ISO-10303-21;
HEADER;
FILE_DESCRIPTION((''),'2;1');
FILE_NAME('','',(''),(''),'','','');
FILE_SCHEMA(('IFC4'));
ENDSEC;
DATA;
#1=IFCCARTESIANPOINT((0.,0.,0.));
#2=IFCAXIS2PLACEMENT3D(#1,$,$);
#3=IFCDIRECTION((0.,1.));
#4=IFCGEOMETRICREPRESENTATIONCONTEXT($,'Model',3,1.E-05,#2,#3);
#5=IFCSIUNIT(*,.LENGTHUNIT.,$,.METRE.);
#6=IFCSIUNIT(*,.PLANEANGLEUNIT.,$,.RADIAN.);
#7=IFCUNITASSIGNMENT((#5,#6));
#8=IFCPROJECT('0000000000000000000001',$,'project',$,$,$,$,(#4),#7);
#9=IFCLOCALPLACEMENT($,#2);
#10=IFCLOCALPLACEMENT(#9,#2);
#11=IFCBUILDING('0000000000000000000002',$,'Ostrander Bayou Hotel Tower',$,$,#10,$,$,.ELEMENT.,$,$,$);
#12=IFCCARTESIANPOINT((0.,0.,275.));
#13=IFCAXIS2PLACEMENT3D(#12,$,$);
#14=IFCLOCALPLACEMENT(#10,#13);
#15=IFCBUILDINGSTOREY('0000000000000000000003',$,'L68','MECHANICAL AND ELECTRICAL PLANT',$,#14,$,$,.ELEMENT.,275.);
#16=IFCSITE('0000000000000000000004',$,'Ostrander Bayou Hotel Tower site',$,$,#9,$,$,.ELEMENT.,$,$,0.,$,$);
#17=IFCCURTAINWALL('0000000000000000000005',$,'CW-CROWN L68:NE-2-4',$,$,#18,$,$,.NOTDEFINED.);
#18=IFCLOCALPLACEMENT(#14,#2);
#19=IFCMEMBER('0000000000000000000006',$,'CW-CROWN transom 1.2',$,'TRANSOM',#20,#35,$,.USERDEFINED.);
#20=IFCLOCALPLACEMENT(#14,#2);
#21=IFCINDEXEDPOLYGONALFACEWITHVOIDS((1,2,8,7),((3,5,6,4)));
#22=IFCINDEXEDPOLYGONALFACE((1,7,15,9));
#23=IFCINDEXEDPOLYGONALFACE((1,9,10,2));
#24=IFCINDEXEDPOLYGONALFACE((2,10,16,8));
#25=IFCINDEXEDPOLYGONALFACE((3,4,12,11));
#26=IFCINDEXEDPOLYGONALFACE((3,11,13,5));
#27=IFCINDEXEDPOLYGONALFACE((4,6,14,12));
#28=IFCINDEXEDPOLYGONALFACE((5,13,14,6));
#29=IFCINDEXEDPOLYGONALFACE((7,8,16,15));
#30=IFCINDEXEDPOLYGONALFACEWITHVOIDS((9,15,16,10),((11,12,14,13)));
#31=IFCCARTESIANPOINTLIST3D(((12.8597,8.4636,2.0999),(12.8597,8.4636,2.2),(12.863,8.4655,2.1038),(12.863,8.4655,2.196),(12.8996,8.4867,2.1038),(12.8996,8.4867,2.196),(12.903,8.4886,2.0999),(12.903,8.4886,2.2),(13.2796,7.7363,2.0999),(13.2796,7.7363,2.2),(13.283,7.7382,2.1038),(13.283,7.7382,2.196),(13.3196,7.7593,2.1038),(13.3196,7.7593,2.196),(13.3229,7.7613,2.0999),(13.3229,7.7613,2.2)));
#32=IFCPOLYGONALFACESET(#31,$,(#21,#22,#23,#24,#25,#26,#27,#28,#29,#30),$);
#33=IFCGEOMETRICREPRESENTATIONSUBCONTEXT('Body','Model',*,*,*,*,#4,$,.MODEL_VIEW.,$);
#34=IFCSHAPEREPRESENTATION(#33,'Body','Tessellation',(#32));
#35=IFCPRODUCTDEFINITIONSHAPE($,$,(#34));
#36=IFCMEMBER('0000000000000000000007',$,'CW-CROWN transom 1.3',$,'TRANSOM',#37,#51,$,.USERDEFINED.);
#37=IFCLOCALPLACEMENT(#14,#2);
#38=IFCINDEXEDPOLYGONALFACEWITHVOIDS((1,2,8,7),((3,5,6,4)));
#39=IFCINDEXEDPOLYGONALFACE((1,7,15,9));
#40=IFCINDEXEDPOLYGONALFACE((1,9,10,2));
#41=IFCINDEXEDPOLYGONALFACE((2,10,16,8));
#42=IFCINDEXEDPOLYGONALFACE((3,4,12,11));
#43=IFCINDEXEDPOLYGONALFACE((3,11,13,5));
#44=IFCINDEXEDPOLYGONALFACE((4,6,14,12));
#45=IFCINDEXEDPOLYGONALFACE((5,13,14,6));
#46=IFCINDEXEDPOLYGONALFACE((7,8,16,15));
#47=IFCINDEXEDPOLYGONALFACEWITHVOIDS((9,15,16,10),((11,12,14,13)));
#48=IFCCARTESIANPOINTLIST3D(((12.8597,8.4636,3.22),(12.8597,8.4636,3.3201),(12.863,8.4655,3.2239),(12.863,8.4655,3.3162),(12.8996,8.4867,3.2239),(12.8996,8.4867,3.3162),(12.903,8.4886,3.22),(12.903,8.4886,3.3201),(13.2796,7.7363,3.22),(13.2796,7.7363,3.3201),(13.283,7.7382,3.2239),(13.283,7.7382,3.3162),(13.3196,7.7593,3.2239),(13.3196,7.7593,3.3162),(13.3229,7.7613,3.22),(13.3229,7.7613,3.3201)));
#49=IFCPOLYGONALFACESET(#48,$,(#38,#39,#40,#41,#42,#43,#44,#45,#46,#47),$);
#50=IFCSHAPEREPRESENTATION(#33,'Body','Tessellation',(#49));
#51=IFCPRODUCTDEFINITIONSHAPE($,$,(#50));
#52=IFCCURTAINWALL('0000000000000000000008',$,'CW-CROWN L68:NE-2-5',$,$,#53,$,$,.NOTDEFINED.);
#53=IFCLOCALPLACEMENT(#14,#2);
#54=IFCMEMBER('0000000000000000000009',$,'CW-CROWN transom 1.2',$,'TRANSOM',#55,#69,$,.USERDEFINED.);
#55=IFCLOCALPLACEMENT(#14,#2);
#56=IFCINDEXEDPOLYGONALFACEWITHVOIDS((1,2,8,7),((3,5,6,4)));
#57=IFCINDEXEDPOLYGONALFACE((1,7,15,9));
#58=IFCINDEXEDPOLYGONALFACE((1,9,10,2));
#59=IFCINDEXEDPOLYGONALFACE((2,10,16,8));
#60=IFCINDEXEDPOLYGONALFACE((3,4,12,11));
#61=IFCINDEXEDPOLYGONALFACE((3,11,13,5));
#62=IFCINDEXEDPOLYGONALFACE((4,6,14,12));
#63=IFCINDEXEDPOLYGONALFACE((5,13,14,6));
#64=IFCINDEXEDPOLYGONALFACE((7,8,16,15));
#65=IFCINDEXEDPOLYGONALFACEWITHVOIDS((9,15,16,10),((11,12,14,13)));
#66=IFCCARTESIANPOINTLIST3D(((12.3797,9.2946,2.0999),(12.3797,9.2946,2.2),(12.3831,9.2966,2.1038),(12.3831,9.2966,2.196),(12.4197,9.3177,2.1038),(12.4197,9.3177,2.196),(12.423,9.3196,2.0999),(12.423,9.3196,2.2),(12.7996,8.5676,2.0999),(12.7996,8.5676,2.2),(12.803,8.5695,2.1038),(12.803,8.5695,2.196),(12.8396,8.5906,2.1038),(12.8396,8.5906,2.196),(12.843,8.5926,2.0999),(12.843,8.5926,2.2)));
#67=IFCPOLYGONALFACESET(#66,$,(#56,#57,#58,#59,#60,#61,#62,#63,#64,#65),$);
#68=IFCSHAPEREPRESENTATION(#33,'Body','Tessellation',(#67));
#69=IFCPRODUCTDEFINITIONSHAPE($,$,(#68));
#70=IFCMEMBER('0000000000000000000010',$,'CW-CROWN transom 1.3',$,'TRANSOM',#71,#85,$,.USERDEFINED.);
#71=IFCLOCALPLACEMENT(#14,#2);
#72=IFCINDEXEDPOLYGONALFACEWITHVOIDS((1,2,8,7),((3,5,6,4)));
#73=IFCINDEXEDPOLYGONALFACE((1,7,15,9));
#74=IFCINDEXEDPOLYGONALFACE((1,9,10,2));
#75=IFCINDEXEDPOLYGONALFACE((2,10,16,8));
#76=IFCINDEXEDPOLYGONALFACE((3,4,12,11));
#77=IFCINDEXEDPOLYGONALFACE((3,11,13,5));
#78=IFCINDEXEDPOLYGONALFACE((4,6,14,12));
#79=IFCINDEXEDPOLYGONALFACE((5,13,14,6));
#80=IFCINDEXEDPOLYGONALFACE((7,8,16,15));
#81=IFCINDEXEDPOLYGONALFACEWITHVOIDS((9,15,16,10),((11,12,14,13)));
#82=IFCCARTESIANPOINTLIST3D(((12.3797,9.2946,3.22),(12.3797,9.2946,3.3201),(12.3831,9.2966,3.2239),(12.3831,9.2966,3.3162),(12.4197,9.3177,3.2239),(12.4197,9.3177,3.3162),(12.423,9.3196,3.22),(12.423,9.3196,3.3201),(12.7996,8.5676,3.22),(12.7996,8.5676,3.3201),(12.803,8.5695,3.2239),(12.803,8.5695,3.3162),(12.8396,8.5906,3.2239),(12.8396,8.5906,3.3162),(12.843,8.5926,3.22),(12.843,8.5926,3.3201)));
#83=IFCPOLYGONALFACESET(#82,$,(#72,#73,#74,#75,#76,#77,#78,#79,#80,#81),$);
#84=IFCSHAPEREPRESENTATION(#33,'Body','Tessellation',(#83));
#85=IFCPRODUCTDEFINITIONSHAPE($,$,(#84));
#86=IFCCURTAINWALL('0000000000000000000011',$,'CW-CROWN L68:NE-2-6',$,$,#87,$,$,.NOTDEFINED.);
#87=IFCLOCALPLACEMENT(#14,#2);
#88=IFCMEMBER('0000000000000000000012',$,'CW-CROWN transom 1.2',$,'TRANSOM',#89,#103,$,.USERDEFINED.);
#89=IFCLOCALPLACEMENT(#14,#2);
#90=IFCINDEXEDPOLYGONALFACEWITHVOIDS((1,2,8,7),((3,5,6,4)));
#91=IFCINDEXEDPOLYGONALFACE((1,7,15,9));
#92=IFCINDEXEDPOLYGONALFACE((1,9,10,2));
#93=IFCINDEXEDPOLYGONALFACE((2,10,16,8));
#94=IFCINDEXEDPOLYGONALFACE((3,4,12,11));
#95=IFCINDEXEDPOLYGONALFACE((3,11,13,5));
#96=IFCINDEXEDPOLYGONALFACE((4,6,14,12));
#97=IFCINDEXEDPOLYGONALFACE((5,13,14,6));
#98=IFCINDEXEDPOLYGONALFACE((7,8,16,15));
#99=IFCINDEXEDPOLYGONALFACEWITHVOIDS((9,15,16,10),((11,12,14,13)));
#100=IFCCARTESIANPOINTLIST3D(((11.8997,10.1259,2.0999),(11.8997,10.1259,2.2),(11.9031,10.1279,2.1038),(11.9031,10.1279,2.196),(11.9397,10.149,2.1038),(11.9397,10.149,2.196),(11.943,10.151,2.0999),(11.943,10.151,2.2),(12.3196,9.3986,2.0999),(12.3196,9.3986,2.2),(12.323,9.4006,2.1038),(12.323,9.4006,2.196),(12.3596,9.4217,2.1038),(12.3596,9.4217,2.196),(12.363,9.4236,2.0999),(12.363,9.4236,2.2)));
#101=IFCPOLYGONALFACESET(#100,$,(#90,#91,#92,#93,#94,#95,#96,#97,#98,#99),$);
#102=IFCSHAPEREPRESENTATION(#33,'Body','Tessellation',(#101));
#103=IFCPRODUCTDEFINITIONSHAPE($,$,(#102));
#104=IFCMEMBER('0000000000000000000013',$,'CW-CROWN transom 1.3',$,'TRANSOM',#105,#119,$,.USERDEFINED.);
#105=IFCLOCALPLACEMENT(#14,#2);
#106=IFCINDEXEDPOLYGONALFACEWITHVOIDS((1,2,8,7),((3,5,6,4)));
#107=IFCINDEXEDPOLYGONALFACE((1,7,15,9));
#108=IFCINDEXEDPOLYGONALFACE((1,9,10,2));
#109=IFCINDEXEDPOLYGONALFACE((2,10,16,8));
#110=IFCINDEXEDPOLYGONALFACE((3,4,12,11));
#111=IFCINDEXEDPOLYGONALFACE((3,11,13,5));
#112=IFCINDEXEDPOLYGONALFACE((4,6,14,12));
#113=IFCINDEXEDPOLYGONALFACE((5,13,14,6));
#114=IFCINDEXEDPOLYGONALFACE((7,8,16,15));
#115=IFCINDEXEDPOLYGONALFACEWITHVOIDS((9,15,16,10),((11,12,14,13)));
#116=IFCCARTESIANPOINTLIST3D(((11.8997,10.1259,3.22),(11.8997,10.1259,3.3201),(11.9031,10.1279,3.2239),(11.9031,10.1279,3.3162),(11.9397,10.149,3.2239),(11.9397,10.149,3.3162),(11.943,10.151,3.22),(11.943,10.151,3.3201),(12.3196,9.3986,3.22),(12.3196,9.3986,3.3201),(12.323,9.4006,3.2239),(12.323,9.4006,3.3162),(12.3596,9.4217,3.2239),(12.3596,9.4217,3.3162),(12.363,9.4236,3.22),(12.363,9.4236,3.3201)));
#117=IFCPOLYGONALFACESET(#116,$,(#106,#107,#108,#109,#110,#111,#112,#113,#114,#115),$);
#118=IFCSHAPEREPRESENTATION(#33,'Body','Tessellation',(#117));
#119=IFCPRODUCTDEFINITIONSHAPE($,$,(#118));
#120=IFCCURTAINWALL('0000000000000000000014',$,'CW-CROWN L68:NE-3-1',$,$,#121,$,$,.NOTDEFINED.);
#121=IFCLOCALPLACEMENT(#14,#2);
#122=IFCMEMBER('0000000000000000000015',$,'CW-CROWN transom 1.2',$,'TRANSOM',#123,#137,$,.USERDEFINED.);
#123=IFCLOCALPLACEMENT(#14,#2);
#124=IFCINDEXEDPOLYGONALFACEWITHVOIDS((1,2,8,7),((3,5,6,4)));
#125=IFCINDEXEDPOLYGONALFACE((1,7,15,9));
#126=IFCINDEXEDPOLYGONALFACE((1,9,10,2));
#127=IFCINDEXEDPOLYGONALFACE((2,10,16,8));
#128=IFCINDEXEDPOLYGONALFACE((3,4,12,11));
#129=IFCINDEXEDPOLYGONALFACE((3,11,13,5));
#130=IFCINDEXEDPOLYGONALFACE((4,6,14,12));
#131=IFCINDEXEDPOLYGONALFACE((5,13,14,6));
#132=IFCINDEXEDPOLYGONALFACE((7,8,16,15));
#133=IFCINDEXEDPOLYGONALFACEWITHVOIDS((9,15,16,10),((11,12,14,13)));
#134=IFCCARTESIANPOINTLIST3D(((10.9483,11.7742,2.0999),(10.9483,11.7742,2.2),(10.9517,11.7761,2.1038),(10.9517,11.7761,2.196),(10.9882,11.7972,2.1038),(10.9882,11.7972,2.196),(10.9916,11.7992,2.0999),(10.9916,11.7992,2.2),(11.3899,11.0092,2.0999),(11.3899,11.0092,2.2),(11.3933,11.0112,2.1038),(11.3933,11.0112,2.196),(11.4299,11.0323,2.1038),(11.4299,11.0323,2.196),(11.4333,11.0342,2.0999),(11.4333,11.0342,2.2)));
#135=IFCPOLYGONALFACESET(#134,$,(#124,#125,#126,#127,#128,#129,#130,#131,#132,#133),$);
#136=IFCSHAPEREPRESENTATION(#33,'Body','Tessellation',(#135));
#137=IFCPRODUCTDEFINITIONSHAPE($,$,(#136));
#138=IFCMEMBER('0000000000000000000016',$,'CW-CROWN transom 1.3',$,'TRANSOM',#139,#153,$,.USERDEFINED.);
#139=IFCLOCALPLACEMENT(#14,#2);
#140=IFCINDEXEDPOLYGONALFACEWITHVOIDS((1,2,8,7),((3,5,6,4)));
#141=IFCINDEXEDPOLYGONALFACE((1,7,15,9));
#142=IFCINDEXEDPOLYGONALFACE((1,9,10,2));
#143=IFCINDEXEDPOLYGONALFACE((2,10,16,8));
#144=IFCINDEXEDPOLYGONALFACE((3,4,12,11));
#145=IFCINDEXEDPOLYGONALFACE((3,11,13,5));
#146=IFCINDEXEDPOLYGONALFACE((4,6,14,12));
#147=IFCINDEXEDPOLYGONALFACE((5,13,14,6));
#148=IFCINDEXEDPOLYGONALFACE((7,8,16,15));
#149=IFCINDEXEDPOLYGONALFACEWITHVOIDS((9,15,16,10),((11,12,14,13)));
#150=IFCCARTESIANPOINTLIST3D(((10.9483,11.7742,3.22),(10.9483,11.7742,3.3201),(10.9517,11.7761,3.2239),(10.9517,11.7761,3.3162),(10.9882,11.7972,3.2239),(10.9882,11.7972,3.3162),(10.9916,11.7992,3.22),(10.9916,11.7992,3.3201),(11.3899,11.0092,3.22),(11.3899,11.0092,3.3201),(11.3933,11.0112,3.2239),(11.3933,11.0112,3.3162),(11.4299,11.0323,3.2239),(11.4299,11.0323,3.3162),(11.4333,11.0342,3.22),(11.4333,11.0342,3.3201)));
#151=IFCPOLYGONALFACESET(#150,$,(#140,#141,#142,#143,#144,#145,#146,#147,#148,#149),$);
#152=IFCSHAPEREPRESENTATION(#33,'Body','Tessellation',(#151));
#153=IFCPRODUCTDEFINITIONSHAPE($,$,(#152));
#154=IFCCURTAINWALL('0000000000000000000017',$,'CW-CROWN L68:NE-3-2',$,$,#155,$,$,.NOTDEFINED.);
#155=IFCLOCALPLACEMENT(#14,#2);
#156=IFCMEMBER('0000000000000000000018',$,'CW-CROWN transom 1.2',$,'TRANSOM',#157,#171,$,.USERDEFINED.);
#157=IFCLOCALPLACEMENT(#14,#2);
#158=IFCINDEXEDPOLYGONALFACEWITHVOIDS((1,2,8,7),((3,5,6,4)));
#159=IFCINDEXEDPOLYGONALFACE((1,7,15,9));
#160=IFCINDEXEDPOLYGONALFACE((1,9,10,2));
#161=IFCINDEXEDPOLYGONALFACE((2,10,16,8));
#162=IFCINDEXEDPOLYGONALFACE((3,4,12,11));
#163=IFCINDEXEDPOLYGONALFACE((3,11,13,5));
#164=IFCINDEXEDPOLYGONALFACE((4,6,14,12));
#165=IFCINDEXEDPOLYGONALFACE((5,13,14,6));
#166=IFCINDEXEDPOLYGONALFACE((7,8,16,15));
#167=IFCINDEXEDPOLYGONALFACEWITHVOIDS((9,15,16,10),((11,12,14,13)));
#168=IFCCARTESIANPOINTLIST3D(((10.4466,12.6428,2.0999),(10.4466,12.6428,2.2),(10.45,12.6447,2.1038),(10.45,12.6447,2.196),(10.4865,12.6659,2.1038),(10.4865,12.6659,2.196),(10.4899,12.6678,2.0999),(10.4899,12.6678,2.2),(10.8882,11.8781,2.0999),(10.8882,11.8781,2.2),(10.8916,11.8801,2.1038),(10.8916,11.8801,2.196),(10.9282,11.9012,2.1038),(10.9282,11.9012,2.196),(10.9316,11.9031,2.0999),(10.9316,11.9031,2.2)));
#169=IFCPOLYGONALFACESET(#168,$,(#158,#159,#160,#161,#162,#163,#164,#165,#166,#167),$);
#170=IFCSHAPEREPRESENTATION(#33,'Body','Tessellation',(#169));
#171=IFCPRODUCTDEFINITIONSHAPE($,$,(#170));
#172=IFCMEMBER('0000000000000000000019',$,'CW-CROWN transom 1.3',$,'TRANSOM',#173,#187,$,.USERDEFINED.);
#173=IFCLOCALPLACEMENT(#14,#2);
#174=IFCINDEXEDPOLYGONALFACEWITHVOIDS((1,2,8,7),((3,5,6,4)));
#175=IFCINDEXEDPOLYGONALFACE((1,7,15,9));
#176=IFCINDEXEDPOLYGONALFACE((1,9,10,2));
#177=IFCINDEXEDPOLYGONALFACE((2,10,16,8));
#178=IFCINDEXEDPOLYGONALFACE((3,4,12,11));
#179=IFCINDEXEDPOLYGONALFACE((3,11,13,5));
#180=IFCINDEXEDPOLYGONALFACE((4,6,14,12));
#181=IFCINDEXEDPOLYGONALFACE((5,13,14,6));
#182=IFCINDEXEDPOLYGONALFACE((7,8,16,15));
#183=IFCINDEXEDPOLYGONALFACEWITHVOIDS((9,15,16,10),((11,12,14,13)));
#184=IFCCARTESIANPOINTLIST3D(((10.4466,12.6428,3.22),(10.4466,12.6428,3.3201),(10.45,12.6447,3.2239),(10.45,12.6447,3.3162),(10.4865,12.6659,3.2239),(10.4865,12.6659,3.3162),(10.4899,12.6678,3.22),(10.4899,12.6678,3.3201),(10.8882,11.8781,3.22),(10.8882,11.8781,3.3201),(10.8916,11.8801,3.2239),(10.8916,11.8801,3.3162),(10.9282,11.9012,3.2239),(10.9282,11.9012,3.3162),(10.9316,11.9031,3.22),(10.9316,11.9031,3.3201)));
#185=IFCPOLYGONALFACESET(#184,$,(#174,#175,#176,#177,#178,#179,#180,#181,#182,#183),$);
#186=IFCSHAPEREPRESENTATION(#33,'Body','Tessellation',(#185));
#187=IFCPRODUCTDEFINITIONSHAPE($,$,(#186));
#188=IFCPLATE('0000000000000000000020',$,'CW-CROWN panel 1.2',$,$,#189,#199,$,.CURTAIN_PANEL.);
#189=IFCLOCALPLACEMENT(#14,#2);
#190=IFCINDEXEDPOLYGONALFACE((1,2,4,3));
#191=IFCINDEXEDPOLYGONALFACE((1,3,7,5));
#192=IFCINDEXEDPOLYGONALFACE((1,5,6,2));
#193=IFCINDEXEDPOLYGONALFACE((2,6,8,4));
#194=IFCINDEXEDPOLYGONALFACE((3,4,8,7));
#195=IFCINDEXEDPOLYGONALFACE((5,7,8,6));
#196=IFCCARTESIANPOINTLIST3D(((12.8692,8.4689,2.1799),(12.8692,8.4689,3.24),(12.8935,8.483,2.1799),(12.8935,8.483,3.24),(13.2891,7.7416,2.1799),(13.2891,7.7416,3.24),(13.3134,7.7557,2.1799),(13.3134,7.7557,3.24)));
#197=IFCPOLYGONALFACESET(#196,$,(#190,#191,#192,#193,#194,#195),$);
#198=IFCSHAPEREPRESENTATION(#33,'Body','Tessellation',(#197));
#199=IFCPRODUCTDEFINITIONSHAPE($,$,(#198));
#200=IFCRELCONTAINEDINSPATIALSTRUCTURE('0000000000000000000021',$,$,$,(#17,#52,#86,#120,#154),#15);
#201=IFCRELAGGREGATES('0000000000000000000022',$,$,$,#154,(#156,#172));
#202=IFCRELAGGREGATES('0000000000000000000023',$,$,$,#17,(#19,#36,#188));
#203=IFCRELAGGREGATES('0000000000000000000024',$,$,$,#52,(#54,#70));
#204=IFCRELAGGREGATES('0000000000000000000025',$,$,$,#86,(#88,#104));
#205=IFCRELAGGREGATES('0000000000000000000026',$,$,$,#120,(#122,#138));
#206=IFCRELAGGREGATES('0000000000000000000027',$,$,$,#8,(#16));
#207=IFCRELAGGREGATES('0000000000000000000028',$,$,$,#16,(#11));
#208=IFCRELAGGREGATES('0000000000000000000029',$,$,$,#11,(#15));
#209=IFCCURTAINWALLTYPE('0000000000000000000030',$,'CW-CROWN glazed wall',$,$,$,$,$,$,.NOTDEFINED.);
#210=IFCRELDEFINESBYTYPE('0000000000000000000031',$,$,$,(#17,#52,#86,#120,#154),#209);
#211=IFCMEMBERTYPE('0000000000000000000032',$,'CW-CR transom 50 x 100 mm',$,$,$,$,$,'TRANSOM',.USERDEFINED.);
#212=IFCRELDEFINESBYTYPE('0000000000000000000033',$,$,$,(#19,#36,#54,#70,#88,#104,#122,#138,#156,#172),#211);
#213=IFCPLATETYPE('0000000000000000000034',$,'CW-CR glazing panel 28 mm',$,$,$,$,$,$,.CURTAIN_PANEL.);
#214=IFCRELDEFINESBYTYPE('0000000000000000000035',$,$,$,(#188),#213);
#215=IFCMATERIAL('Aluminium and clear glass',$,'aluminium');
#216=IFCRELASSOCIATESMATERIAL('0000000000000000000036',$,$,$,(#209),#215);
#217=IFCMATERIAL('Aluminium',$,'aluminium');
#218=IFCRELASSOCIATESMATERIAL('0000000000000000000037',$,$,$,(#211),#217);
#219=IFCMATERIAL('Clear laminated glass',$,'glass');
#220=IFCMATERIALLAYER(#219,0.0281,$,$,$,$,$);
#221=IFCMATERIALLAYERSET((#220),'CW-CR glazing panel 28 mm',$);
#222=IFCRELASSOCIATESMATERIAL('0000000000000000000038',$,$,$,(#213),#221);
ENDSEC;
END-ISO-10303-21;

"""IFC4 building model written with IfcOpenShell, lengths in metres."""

from ifc_helpers import new_model, si_unit, direction, frame, origin, origin_2d, place, context, subcontext, project, spatial, rectangle, hollow_rectangle, extrude, material, layer, layer_set, material_profile, profile_set, type_object, element, aggregate, save


model = new_model("IFC4")

# Units and contexts
model_context = context("Model", 3, precision=1e-05, world=origin(), true_north=direction((0.0, 1.0)))
body_context = subcontext(model_context, "Body", "Model", "MODEL_VIEW")
ifc_project = project(units=[si_unit("LENGTHUNIT", "METRE"), si_unit("PLANEANGLEUNIT", "RADIAN")], contexts=[model_context])

# Site, building, storey
site_placement = place(None, origin())
site = spatial("IfcSite", under=ifc_project, at=site_placement, Name="Ostrander Bayou Hotel Tower site", CompositionType="ELEMENT", RefElevation=0.0)
building_placement = place(site_placement, origin())
building = spatial("IfcBuilding", under=site, at=building_placement, Name="Ostrander Bayou Hotel Tower", CompositionType="ELEMENT")
storey_placement = place(building_placement, frame((0.0, 0.0, 275.0)))
storey = spatial("IfcBuildingStorey", under=building, at=storey_placement, Name="L68", Description="MECHANICAL AND ELECTRICAL PLANT", CompositionType="ELEMENT", Elevation=275.0)

# Curtain walls, members
ifc_material_1 = material(Name="Aluminium and clear glass", Category="aluminium")
curtain_wall_type = type_object("IfcCurtainWallType", Name="CW-CROWN glazed wall", PredefinedType="NOTDEFINED", material=ifc_material_1)
curtain_wall_1_placement = place(storey_placement, origin())
curtain_wall_1 = element("IfcCurtainWall", 1, at=curtain_wall_1_placement, inside=storey, type_object=curtain_wall_type, Name="CW-CROWN L68:NE-2-4", PredefinedType="NOTDEFINED")
ifc_material_2 = material(Name="Aluminium", Category="aluminium")
ifc_material_profile = material_profile(ifc_material_2, hollow_rectangle(XDim=0.05, YDim=0.1001, WallThickness=0.0039, at=origin_2d()))
ifc_profile_set = profile_set([ifc_material_profile], Name="Aluminium")
member_type = type_object("IfcMemberType", Name="CW-CR transom 50 x 100 mm", ElementType="TRANSOM", PredefinedType="USERDEFINED", material=ifc_profile_set)
member_1_placement = place(storey_placement, frame((13.3013, 7.7488, 2.1499), z_axis=(-0.500016, 0.866016, 0.0), x_axis=(-0.866016, -0.500016, 0.0)))
member_1 = element("IfcMember", 2, at=member_1_placement, type_object=member_type, Name="CW-CROWN transom 1.2", ObjectType="TRANSOM", PredefinedType="USERDEFINED", context=body_context, shape_type="SweptSolid", body=[
    extrude(hollow_rectangle(XDim=0.05, YDim=0.1001, WallThickness=0.0039, at=origin_2d()), origin(), (0.0, 0.0, 1.0), 0.8398),
])
member_2_placement = place(storey_placement, frame((13.3013, 7.7488, 3.27), z_axis=(-0.500016, 0.866016, 0.0), x_axis=(-0.866016, -0.500016, 0.0)))
member_2 = element("IfcMember", 3, at=member_2_placement, type_object=member_type, Name="CW-CROWN transom 1.3", ObjectType="TRANSOM", PredefinedType="USERDEFINED", context=body_context, shape_type="SweptSolid", body=[
    extrude(hollow_rectangle(XDim=0.05, YDim=0.1001, WallThickness=0.0039, at=origin_2d()), origin(), (0.0, 0.0, 1.0), 0.8398),
])
curtain_wall_2_placement = place(storey_placement, origin())
curtain_wall_2 = element("IfcCurtainWall", 4, at=curtain_wall_2_placement, inside=storey, type_object=curtain_wall_type, Name="CW-CROWN L68:NE-2-5", PredefinedType="NOTDEFINED")
member_3_placement = place(storey_placement, frame((12.8213, 8.5801, 2.1499), z_axis=(-0.500142, 0.865943, 0.0), x_axis=(-0.865943, -0.500142, 0.0)))
member_3 = element("IfcMember", 5, at=member_3_placement, type_object=member_type, Name="CW-CROWN transom 1.2", ObjectType="TRANSOM", PredefinedType="USERDEFINED", context=body_context, shape_type="SweptSolid", body=[
    extrude(hollow_rectangle(XDim=0.05, YDim=0.1001, WallThickness=0.0039, at=origin_2d()), origin(), (0.0, 0.0, 1.0), 0.8396),
])
member_4_placement = place(storey_placement, frame((12.8213, 8.5801, 3.27), z_axis=(-0.500142, 0.865943, 0.0), x_axis=(-0.865943, -0.500142, 0.0)))
member_4 = element("IfcMember", 6, at=member_4_placement, type_object=member_type, Name="CW-CROWN transom 1.3", ObjectType="TRANSOM", PredefinedType="USERDEFINED", context=body_context, shape_type="SweptSolid", body=[
    extrude(hollow_rectangle(XDim=0.05, YDim=0.1001, WallThickness=0.0039, at=origin_2d()), origin(), (0.0, 0.0, 1.0), 0.8396),
])
curtain_wall_3_placement = place(storey_placement, origin())
curtain_wall_3 = element("IfcCurtainWall", 7, at=curtain_wall_3_placement, inside=storey, type_object=curtain_wall_type, Name="CW-CROWN L68:NE-2-6", PredefinedType="NOTDEFINED")
member_5_placement = place(storey_placement, frame((12.3413, 9.4111, 2.1499), z_axis=(-0.500016, 0.866016, 0.0), x_axis=(-0.866016, -0.500016, 0.0)))
member_5 = element("IfcMember", 8, at=member_5_placement, type_object=member_type, Name="CW-CROWN transom 1.2", ObjectType="TRANSOM", PredefinedType="USERDEFINED", context=body_context, shape_type="SweptSolid", body=[
    extrude(hollow_rectangle(XDim=0.05, YDim=0.1001, WallThickness=0.0039, at=origin_2d()), origin(), (0.0, 0.0, 1.0), 0.8398),
])
member_6_placement = place(storey_placement, frame((12.3413, 9.4111, 3.27), z_axis=(-0.500016, 0.866016, 0.0), x_axis=(-0.866016, -0.500016, 0.0)))
member_6 = element("IfcMember", 9, at=member_6_placement, type_object=member_type, Name="CW-CROWN transom 1.3", ObjectType="TRANSOM", PredefinedType="USERDEFINED", context=body_context, shape_type="SweptSolid", body=[
    extrude(hollow_rectangle(XDim=0.05, YDim=0.1001, WallThickness=0.0039, at=origin_2d()), origin(), (0.0, 0.0, 1.0), 0.8398),
])
curtain_wall_4_placement = place(storey_placement, origin())
curtain_wall_4 = element("IfcCurtainWall", 10, at=curtain_wall_4_placement, inside=storey, type_object=curtain_wall_type, Name="CW-CROWN L68:NE-3-1", PredefinedType="NOTDEFINED")
member_7_placement = place(storey_placement, frame((11.4116, 11.0217, 2.1499), z_axis=(-0.500034, 0.866006, 0.0), x_axis=(-0.866006, -0.500034, 0.0)))
member_7 = element("IfcMember", 11, at=member_7_placement, type_object=member_type, Name="CW-CROWN transom 1.2", ObjectType="TRANSOM", PredefinedType="USERDEFINED", context=body_context, shape_type="SweptSolid", body=[
    extrude(hollow_rectangle(XDim=0.05, YDim=0.1001, WallThickness=0.0039, at=origin_2d()), origin(), (0.0, 0.0, 1.0), 0.8833),
])
member_8_placement = place(storey_placement, frame((11.4116, 11.0217, 3.27), z_axis=(-0.500034, 0.866006, 0.0), x_axis=(-0.866006, -0.500034, 0.0)))
member_8 = element("IfcMember", 12, at=member_8_placement, type_object=member_type, Name="CW-CROWN transom 1.3", ObjectType="TRANSOM", PredefinedType="USERDEFINED", context=body_context, shape_type="SweptSolid", body=[
    extrude(hollow_rectangle(XDim=0.05, YDim=0.1001, WallThickness=0.0039, at=origin_2d()), origin(), (0.0, 0.0, 1.0), 0.8833),
])
curtain_wall_5_placement = place(storey_placement, origin())
curtain_wall_5 = element("IfcCurtainWall", 13, at=curtain_wall_5_placement, inside=storey, type_object=curtain_wall_type, Name="CW-CROWN L68:NE-3-2", PredefinedType="NOTDEFINED")
member_9_placement = place(storey_placement, frame((10.9099, 11.8906, 2.1499), z_axis=(-0.500153, 0.865937, 0.0), x_axis=(-0.865937, -0.500153, 0.0)))
member_9 = element("IfcMember", 14, at=member_9_placement, type_object=member_type, Name="CW-CROWN transom 1.2", ObjectType="TRANSOM", PredefinedType="USERDEFINED", context=body_context, shape_type="SweptSolid", body=[
    extrude(hollow_rectangle(XDim=0.05, YDim=0.1001, WallThickness=0.0039, at=origin_2d()), origin(), (0.0, 0.0, 1.0), 0.8831),
])
member_10_placement = place(storey_placement, frame((10.9099, 11.8906, 3.27), z_axis=(-0.500153, 0.865937, 0.0), x_axis=(-0.865937, -0.500153, 0.0)))
member_10 = element("IfcMember", 15, at=member_10_placement, type_object=member_type, Name="CW-CROWN transom 1.3", ObjectType="TRANSOM", PredefinedType="USERDEFINED", context=body_context, shape_type="SweptSolid", body=[
    extrude(hollow_rectangle(XDim=0.05, YDim=0.1001, WallThickness=0.0039, at=origin_2d()), origin(), (0.0, 0.0, 1.0), 0.8831),
])
aggregate(curtain_wall_5, [member_9, member_10])

# Plate
ifc_material_3 = material(Name="Clear laminated glass", Category="glass")
ifc_layer_1 = layer(ifc_material_3, 0.0281)
ifc_layer_set_1 = layer_set([ifc_layer_1], Name="CW-CR glazing panel 28 mm")
plate_type = type_object("IfcPlateType", Name="CW-CR glazing panel 28 mm", PredefinedType="CURTAIN_PANEL", material=ifc_layer_set_1)
plate_1_placement = place(storey_placement, frame((13.0913, 8.1123, 2.1799), z_axis=(0.0, 0.0, 1.0), x_axis=(-0.500005, 0.866022, 0.0)))
plate_1 = element("IfcPlate", 16, at=plate_1_placement, type_object=plate_type, Name="CW-CROWN panel 1.2", PredefinedType="CURTAIN_PANEL", context=body_context, shape_type="SweptSolid", body=[
    extrude(rectangle(XDim=0.8398, YDim=0.0281, at=origin_2d()), origin(), (0.0, 0.0, 1.0), 1.0601),
])
aggregate(curtain_wall_1, [member_1, member_2, plate_1])
aggregate(curtain_wall_2, [member_3, member_4])
aggregate(curtain_wall_3, [member_5, member_6])
aggregate(curtain_wall_4, [member_7, member_8])

save(model, "model.ifc")
